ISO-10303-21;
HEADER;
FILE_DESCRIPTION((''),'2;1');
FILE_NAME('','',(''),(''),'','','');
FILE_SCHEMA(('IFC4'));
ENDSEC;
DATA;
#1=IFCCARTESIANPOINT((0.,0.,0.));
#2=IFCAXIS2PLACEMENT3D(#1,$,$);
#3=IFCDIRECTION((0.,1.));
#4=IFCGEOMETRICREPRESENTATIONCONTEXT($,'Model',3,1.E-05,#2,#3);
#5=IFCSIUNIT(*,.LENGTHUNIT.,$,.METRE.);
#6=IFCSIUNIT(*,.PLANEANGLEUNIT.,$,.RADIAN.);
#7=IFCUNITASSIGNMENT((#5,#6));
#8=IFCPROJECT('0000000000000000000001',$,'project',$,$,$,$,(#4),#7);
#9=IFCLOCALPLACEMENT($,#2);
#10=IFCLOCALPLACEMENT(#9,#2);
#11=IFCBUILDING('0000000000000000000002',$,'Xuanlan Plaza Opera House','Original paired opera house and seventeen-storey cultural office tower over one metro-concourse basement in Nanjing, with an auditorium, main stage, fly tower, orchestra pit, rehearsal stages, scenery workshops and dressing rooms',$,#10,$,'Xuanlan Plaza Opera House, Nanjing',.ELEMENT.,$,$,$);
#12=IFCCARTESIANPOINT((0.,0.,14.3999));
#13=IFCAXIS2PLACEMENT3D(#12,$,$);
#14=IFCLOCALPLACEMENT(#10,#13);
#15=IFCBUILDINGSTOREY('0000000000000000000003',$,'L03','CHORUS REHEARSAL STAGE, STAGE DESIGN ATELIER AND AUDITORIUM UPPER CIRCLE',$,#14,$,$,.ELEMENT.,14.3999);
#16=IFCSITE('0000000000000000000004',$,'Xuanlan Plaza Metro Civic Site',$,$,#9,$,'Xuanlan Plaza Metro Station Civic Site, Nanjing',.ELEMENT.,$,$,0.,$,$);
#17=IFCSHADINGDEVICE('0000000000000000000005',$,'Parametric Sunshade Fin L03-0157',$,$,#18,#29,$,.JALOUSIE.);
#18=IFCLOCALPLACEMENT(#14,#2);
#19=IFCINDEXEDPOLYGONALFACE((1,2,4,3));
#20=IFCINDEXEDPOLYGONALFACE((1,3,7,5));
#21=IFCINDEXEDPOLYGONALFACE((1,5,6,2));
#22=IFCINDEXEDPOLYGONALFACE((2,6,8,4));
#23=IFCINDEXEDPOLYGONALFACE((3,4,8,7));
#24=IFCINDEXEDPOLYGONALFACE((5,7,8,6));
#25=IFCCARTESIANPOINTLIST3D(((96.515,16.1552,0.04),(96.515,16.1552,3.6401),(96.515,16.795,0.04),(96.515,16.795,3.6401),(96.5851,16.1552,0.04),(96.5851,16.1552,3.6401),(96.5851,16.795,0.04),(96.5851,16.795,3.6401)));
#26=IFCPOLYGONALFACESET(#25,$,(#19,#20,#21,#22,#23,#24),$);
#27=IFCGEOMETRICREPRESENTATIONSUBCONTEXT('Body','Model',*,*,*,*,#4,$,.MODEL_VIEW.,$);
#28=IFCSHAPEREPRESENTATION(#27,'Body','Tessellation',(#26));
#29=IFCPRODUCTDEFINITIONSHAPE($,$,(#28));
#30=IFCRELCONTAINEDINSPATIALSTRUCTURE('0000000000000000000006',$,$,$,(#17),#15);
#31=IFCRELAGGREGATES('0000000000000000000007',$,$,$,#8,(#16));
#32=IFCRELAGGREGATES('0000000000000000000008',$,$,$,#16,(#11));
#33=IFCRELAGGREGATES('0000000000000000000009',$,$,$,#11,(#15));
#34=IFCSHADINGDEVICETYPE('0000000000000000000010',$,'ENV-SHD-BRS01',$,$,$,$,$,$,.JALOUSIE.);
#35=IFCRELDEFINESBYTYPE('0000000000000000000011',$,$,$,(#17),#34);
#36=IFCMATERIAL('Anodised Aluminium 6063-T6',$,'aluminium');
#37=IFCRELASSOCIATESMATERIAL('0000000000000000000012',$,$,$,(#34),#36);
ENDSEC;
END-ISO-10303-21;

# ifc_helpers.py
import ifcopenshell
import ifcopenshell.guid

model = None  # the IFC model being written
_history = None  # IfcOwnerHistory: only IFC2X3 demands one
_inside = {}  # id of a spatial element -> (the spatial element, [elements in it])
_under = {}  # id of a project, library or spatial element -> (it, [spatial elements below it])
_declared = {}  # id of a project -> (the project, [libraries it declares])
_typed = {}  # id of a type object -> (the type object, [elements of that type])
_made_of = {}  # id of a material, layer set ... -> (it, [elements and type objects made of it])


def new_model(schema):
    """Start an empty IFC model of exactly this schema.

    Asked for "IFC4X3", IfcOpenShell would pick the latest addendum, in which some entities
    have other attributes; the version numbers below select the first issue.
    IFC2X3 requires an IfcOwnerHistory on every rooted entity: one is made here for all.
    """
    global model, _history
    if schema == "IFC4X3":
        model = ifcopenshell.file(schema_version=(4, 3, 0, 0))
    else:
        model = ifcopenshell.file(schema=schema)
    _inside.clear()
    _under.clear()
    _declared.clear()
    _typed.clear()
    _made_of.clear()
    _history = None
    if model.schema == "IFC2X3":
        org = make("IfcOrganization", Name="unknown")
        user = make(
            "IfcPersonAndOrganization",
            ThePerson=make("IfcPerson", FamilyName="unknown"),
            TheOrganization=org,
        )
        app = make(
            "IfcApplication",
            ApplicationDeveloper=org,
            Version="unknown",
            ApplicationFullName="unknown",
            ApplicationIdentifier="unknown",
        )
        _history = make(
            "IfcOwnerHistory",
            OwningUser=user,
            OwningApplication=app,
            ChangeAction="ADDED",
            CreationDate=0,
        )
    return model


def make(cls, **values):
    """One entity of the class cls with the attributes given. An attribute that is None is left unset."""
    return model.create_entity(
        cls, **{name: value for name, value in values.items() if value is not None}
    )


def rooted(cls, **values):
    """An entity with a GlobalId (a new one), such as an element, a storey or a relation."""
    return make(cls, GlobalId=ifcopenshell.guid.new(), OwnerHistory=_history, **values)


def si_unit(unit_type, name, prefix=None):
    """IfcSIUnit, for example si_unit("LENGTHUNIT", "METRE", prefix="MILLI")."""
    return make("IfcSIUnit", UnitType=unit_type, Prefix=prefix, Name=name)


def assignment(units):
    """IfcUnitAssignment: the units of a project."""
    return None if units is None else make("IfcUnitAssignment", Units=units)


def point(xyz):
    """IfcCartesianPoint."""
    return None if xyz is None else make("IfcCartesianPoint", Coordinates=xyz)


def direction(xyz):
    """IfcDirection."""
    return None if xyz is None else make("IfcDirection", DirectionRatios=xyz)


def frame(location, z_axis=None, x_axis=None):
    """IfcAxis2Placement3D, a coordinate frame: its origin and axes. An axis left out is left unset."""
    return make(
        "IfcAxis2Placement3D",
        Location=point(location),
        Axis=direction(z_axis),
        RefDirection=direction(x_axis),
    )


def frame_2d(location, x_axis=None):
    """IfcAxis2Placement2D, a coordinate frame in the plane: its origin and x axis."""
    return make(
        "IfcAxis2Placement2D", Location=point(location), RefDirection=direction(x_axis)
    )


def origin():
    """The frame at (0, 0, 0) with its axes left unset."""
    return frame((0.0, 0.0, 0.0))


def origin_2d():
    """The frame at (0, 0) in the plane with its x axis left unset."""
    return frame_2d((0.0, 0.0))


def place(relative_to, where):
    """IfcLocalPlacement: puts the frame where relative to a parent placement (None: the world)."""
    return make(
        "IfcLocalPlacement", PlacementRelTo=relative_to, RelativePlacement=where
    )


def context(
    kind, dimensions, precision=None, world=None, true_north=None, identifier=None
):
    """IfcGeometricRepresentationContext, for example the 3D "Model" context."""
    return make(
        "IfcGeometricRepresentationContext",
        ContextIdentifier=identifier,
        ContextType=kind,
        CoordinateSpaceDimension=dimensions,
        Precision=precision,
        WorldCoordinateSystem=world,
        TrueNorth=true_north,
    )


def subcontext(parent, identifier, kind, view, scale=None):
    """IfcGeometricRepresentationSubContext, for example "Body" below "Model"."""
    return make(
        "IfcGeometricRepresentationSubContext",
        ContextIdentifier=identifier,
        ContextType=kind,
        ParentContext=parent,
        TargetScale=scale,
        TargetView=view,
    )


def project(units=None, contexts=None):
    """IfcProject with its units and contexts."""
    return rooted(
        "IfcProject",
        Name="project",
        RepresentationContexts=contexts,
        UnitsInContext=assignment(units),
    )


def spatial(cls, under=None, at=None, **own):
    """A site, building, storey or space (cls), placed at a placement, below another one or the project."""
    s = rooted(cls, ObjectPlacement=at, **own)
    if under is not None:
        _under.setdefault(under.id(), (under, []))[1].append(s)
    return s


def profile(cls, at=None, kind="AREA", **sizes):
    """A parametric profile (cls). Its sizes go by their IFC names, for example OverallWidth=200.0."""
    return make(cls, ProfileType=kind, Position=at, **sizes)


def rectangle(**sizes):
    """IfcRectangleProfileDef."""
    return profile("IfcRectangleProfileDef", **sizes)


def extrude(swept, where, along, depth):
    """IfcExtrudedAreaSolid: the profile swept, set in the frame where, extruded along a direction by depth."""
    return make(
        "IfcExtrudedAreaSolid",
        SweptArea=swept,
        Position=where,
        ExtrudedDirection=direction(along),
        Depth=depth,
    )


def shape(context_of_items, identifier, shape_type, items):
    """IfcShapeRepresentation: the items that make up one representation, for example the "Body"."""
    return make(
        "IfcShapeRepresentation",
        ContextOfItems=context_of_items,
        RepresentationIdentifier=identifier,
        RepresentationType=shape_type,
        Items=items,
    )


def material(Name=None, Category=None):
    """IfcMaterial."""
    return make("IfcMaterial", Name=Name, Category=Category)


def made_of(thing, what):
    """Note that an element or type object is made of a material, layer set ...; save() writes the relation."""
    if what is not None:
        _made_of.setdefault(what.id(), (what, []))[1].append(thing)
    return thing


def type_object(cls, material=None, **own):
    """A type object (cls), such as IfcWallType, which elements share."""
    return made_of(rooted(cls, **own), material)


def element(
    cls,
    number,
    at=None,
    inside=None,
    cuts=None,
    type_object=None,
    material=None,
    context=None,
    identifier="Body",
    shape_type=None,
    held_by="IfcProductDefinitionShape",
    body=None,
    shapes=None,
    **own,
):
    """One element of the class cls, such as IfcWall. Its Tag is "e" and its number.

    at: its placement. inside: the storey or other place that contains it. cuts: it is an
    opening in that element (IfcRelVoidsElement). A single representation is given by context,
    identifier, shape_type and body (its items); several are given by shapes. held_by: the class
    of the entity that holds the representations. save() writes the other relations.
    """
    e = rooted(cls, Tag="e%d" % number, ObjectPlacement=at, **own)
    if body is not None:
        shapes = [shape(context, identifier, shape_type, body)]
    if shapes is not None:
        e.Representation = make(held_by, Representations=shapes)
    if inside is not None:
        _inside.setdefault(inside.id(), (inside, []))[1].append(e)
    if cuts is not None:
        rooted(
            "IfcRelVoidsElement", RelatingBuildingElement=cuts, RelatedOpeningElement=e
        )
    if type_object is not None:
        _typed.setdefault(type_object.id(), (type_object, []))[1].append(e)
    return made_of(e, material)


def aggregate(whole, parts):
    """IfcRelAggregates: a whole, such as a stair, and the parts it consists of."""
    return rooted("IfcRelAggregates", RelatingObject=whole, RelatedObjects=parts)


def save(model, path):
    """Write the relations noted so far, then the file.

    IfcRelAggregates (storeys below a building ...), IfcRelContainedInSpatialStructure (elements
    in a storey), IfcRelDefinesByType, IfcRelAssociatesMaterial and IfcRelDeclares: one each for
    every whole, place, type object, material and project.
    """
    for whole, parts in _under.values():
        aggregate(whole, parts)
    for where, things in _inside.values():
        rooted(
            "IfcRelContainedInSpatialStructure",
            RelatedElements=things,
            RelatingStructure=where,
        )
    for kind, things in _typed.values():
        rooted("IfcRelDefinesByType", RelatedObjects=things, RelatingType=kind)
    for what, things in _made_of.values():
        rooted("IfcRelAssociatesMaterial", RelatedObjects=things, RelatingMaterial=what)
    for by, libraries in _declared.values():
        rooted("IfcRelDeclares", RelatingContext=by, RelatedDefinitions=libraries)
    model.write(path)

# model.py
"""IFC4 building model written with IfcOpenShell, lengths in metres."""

from ifc_helpers import new_model, si_unit, direction, frame, origin, origin_2d, place, context, subcontext, project, spatial, rectangle, extrude, material, type_object, element, save


model = new_model("IFC4")

# Units and contexts
model_context = context("Model", 3, precision=1e-05, world=origin(), true_north=direction((0.0, 1.0)))
body_context = subcontext(model_context, "Body", "Model", "MODEL_VIEW")
ifc_project = project(units=[si_unit("LENGTHUNIT", "METRE"), si_unit("PLANEANGLEUNIT", "RADIAN")], contexts=[model_context])

# Site, building, storey
site_placement = place(None, origin())
site = spatial("IfcSite", under=ifc_project, at=site_placement, Name="Xuanlan Plaza Metro Civic Site", LongName="Xuanlan Plaza Metro Station Civic Site, Nanjing", CompositionType="ELEMENT", RefElevation=0.0)
building_placement = place(site_placement, origin())
building = spatial("IfcBuilding", under=site, at=building_placement, Name="Xuanlan Plaza Opera House", Description="Original paired opera house and seventeen-storey cultural office tower over one metro-concourse basement in Nanjing, with an auditorium, main stage, fly tower, orchestra pit, rehearsal stages, scenery workshops and dressing rooms", LongName="Xuanlan Plaza Opera House, Nanjing", CompositionType="ELEMENT")
storey_placement = place(building_placement, frame((0.0, 0.0, 14.3999)))
storey = spatial("IfcBuildingStorey", under=building, at=storey_placement, Name="L03", Description="CHORUS REHEARSAL STAGE, STAGE DESIGN ATELIER AND AUDITORIUM UPPER CIRCLE", CompositionType="ELEMENT", Elevation=14.3999)

# Shared definitions
ifc_material_1 = material(Name="Anodised Aluminium 6063-T6", Category="aluminium")

# Shading device
shading_device_type = type_object("IfcShadingDeviceType", Name="ENV-SHD-BRS01", PredefinedType="JALOUSIE", material=ifc_material_1)
for number, where, z_axis, x_axis, name in (
    (1, (96.55, 16.4751, 0.04), (0.0, 0.0, 1.0), (0.0, -1.0, 0.0), "Parametric Sunshade Fin L03-0157"),
):
    element("IfcShadingDevice", number, at=place(storey_placement, frame(where, z_axis=z_axis, x_axis=x_axis)), inside=storey, type_object=shading_device_type, Name=name, PredefinedType="JALOUSIE", context=body_context, shape_type="SweptSolid", body=[
        extrude(rectangle(XDim=0.6399, YDim=0.0701, at=origin_2d()), origin(), (0.0, 0.0, 1.0), 3.6001),
    ])

save(model, "model.ifc")
